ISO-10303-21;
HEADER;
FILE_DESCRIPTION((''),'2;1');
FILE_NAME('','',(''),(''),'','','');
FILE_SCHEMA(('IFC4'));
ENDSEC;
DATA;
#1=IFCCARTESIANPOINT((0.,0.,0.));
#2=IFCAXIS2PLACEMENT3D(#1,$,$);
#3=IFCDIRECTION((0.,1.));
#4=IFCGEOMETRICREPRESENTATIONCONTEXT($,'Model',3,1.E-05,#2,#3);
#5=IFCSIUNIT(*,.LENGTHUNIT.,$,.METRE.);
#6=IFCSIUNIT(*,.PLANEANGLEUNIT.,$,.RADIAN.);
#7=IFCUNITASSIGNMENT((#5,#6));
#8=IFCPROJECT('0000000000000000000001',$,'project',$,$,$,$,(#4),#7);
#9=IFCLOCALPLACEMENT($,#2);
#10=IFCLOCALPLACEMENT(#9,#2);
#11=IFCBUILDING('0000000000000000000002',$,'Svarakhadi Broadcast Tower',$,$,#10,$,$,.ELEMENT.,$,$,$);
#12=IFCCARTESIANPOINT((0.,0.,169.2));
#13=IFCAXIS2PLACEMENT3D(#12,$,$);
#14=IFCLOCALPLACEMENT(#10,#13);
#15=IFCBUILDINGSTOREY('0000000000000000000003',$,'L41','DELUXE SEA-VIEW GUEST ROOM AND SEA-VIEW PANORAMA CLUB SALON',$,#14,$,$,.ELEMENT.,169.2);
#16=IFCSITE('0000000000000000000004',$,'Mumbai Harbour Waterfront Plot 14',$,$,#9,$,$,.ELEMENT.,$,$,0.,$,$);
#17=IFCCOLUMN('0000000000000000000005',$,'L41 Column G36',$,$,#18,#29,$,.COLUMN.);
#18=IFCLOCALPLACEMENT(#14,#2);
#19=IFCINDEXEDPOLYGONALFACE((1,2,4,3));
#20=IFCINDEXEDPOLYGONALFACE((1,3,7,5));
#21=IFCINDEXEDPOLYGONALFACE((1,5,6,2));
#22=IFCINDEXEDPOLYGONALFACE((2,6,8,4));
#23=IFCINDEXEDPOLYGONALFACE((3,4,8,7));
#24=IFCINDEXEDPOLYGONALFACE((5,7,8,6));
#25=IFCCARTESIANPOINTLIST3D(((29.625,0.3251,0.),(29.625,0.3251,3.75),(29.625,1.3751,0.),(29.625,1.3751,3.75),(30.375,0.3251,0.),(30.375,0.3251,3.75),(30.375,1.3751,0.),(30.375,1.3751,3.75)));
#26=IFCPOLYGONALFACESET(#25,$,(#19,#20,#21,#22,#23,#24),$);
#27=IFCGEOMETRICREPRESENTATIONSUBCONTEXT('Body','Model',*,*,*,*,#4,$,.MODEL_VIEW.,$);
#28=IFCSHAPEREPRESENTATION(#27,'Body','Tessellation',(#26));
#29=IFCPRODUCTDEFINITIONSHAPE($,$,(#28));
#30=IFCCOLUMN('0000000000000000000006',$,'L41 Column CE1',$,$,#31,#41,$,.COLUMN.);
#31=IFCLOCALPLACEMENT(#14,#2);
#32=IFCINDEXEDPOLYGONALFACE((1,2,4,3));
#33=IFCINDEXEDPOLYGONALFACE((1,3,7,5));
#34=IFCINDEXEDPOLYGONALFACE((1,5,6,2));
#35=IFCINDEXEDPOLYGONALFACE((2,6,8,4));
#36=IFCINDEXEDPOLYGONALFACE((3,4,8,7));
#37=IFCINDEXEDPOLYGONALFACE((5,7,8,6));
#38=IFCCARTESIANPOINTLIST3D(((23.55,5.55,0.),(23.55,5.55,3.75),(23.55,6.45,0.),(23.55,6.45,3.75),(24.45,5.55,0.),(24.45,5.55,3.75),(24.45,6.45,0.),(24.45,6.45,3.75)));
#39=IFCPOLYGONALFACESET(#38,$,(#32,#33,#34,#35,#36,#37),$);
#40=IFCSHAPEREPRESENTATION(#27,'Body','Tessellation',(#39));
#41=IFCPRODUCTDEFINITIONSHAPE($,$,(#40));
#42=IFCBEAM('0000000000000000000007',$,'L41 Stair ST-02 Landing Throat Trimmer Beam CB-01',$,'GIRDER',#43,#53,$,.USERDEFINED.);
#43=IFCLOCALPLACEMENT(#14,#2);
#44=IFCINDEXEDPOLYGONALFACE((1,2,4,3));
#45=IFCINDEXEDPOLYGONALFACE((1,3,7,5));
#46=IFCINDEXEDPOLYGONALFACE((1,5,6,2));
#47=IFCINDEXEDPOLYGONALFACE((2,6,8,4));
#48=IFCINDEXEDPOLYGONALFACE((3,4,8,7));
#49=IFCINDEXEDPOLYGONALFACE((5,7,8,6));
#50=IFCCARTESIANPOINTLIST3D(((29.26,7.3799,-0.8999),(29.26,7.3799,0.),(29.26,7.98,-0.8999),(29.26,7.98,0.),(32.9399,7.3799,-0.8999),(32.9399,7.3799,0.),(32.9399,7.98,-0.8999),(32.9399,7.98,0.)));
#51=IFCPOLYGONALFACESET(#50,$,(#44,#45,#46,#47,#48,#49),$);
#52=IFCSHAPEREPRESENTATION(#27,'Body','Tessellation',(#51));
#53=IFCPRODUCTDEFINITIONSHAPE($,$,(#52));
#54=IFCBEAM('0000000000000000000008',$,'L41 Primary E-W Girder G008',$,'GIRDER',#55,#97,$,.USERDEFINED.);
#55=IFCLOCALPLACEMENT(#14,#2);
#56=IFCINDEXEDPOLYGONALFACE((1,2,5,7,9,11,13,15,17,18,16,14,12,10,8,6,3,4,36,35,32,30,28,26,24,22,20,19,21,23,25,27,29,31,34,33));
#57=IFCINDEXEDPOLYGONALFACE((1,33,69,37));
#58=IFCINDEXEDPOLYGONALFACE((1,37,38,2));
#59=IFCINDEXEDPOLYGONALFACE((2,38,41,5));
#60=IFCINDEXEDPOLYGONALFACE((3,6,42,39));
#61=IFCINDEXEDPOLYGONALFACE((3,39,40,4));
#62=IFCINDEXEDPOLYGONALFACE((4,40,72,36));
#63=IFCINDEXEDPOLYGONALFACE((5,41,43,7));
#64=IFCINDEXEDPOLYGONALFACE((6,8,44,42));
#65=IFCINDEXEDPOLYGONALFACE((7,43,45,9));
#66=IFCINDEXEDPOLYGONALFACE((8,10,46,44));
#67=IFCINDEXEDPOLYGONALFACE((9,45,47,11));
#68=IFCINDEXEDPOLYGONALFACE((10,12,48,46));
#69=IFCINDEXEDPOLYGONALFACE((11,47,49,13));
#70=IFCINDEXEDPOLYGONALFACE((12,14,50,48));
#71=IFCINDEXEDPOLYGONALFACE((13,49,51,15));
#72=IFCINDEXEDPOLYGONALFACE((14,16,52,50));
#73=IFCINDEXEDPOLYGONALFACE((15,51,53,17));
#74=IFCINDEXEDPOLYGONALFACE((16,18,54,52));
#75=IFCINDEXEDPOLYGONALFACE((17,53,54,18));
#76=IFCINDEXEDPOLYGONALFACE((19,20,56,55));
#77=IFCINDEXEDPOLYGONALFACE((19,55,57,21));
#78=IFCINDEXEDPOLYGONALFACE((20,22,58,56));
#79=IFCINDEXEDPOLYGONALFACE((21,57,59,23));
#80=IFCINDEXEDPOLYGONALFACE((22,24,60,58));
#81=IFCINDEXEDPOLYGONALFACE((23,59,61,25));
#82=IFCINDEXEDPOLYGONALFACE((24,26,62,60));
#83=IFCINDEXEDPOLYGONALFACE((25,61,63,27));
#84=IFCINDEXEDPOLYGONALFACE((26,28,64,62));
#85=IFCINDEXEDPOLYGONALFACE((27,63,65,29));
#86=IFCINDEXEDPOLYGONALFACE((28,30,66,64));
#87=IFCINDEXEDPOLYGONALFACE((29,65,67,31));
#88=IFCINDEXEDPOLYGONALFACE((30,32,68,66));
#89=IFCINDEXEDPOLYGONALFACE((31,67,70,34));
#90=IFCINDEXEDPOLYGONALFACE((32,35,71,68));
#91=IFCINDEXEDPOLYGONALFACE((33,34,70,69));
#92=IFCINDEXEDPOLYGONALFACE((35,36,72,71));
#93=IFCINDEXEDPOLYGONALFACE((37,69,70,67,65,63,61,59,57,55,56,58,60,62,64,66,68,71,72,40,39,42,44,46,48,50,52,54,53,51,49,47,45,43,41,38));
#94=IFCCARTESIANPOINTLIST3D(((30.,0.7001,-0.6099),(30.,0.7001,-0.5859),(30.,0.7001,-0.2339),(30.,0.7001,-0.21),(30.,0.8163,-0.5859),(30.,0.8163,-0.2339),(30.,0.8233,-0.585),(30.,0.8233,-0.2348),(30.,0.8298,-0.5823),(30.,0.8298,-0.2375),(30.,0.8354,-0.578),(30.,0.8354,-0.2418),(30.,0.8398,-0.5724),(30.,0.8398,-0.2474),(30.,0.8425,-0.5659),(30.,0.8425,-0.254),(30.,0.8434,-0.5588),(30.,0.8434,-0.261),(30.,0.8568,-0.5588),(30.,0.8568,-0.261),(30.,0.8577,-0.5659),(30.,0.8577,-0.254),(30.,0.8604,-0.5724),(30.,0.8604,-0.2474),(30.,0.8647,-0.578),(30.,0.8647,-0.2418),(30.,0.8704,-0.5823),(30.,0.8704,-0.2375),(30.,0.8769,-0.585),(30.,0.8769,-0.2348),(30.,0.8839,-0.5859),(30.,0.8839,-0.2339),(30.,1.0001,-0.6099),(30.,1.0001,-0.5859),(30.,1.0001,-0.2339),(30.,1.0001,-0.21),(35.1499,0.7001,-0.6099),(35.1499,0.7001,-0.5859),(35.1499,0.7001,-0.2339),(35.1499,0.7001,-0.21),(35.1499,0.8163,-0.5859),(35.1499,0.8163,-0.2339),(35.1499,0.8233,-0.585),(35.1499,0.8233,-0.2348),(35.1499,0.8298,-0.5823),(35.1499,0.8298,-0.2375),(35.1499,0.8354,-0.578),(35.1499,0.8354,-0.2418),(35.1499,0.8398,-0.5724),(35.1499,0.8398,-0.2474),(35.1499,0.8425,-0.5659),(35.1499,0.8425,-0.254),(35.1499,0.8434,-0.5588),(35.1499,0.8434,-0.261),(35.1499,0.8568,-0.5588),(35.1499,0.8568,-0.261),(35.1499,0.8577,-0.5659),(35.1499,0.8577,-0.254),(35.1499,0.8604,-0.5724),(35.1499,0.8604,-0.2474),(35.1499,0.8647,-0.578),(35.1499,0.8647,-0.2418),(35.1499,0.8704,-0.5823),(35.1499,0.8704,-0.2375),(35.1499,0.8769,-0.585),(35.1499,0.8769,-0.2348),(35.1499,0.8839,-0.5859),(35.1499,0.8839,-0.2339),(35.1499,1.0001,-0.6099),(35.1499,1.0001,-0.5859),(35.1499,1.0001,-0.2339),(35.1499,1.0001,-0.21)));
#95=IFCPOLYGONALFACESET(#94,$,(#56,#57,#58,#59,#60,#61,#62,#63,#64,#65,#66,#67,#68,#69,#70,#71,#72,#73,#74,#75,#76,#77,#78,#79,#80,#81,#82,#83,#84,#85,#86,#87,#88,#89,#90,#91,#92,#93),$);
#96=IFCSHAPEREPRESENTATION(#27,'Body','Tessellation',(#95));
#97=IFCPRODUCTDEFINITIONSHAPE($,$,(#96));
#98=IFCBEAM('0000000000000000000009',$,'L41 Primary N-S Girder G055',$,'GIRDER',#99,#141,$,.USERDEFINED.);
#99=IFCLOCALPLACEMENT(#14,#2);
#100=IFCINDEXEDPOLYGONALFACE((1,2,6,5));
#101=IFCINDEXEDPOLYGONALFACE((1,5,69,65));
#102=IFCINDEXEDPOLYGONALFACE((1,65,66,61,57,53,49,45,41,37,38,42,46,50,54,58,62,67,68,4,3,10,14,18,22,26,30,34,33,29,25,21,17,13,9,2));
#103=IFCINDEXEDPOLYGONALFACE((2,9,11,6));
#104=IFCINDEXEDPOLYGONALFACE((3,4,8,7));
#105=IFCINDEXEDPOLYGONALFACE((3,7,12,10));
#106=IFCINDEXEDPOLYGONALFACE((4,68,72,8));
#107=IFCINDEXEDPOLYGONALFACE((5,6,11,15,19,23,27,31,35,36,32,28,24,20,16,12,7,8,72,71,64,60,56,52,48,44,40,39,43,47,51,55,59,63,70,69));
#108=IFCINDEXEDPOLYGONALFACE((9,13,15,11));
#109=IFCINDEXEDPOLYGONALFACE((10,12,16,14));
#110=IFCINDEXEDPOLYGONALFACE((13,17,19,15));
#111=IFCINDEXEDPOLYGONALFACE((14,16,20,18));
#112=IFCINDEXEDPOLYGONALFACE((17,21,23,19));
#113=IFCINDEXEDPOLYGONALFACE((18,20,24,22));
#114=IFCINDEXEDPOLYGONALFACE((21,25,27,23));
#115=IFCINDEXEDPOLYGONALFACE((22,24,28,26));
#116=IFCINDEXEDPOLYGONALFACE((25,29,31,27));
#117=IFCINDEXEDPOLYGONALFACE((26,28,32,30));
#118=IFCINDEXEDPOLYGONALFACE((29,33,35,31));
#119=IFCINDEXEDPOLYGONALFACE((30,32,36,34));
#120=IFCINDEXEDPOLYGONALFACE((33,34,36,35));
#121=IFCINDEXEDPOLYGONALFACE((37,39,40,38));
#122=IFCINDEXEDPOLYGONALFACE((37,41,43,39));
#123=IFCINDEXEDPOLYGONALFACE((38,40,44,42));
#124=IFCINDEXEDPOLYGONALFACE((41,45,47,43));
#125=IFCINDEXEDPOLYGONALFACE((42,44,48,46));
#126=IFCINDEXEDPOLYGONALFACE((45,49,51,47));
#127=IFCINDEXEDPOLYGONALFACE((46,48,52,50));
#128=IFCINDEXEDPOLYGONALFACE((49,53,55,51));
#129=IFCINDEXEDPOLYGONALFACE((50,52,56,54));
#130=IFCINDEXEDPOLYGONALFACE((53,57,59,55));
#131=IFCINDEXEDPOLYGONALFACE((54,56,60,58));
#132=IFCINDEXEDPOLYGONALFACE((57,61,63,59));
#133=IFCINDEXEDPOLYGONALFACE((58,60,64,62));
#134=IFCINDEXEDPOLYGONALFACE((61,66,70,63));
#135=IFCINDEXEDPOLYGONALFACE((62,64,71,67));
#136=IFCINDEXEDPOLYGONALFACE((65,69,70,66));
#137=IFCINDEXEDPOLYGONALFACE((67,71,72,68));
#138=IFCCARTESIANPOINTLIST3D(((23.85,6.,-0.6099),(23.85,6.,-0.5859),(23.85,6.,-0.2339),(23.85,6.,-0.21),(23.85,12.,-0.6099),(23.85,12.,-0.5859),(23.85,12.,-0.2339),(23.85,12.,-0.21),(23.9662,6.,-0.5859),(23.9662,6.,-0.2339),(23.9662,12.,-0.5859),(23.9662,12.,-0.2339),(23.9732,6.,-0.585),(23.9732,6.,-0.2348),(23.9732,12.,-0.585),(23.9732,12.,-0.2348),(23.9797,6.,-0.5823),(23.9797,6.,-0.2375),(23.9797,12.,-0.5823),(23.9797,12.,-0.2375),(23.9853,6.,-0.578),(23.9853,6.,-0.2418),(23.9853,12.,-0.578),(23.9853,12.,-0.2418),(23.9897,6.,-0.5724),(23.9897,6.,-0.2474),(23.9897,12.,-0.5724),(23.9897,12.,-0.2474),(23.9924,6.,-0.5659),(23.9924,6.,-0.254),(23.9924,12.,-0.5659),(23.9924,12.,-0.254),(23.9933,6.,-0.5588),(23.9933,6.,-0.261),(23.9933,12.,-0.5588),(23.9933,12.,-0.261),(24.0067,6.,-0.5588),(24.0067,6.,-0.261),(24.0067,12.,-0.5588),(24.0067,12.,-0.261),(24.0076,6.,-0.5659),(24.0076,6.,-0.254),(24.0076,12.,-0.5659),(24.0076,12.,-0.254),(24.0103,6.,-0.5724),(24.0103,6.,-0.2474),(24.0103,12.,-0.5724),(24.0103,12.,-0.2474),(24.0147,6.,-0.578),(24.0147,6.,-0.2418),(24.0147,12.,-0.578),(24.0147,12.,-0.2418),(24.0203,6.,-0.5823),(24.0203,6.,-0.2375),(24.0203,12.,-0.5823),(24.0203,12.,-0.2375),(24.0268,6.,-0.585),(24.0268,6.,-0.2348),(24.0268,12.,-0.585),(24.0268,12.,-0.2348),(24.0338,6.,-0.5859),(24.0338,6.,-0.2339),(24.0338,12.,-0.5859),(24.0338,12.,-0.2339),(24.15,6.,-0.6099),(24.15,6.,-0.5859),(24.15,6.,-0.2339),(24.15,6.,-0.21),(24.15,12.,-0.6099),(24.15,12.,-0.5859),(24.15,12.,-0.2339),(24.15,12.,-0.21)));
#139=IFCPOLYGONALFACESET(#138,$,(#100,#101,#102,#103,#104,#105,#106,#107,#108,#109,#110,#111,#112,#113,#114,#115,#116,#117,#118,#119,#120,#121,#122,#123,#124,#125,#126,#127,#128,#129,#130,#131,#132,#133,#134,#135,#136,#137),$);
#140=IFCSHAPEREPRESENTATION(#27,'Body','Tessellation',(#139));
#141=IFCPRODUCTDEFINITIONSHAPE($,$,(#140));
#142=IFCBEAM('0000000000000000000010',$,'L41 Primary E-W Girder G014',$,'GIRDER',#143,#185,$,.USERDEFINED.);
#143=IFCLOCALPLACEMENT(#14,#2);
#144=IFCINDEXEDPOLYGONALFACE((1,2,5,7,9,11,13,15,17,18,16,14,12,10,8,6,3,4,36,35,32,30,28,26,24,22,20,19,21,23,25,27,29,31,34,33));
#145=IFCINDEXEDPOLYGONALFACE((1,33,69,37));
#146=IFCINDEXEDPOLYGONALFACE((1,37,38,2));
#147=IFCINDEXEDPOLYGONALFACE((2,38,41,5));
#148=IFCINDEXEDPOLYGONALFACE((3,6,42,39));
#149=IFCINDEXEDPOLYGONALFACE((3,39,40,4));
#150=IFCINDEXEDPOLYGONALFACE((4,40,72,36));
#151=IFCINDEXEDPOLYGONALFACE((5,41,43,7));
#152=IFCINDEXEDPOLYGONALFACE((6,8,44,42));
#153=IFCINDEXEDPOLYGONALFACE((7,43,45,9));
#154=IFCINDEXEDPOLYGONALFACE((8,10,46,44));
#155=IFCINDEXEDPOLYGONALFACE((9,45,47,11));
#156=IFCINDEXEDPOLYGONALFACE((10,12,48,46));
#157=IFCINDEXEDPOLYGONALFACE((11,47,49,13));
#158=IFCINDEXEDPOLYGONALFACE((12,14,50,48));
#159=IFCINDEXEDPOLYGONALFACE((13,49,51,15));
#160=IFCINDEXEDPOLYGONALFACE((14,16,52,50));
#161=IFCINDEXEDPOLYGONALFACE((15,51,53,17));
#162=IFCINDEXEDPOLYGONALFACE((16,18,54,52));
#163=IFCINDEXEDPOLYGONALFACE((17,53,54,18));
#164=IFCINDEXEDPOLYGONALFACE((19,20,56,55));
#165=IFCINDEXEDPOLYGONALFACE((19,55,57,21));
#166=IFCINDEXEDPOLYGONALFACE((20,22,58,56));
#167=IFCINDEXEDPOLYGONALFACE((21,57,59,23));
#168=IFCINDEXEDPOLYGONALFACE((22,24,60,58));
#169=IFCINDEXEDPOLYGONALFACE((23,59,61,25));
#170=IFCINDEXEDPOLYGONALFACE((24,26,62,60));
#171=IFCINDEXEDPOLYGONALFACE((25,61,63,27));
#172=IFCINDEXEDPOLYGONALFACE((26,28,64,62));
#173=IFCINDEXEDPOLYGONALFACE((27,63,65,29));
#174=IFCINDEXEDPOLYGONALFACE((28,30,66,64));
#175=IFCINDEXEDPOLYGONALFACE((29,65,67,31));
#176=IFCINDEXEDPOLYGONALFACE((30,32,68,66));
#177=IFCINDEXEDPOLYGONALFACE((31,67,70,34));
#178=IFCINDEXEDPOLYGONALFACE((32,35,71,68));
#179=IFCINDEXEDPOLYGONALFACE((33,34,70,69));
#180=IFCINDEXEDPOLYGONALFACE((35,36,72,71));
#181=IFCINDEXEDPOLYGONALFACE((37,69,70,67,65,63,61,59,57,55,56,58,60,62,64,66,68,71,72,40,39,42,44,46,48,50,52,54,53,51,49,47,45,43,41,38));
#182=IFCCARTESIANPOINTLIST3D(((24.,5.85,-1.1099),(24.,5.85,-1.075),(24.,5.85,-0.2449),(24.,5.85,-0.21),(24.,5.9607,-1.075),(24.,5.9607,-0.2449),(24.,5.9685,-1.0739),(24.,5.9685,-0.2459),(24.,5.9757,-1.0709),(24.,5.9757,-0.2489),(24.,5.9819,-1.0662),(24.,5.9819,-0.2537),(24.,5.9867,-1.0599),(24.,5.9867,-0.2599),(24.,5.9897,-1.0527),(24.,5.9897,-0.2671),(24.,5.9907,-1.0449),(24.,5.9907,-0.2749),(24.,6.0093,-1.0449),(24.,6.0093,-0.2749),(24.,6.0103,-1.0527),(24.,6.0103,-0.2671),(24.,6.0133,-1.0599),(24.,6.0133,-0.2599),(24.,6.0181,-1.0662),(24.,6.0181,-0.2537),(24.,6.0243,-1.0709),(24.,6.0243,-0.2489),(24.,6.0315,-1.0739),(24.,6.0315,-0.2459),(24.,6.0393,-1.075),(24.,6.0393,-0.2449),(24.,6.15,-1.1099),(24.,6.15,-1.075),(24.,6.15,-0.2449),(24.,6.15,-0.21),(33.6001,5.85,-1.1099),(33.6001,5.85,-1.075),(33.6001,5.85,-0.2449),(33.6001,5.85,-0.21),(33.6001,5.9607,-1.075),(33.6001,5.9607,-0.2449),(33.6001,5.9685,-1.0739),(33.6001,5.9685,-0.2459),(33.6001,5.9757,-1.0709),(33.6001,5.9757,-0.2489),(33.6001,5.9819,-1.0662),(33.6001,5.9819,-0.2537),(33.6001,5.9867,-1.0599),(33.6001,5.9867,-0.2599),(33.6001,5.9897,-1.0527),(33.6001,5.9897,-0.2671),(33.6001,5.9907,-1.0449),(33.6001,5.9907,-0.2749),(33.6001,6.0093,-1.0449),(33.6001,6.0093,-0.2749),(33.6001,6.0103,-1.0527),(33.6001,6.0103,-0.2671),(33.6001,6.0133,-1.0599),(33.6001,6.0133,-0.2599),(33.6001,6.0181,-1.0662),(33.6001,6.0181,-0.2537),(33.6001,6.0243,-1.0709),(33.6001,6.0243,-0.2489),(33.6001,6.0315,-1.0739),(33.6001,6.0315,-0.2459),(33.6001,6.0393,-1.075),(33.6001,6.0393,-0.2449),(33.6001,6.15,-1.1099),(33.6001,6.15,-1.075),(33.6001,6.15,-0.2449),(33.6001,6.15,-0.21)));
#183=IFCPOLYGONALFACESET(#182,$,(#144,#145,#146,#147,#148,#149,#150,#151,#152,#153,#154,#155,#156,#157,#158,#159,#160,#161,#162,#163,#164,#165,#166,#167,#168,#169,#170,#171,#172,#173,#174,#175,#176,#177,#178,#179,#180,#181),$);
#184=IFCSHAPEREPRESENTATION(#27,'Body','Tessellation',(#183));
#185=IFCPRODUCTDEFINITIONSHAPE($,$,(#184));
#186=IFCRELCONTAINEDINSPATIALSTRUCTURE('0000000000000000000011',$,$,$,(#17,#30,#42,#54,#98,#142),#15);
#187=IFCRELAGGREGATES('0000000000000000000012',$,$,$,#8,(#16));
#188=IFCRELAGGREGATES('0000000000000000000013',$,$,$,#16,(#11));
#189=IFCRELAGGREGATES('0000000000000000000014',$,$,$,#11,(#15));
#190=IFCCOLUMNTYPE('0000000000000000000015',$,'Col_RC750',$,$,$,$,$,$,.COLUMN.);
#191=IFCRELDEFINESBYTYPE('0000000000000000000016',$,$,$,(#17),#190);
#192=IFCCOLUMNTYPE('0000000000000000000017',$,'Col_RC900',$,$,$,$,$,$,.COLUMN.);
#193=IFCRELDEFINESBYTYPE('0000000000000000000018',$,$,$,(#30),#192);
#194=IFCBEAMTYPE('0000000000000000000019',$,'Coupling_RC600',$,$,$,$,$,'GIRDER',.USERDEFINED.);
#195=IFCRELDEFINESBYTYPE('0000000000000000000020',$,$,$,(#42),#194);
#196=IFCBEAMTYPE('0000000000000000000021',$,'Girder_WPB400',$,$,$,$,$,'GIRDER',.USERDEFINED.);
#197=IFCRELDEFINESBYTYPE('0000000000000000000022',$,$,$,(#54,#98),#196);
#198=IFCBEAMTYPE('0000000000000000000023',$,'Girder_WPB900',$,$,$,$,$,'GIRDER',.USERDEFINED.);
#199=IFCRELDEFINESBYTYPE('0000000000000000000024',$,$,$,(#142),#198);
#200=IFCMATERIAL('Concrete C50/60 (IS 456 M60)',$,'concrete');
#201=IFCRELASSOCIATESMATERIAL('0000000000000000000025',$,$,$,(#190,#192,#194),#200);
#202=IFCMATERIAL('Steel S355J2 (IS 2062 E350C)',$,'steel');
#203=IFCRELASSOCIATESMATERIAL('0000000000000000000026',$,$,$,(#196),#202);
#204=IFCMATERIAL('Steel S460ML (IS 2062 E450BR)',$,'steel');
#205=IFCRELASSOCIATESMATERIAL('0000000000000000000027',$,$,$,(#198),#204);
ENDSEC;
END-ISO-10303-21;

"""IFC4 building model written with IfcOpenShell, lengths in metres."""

from ifc_helpers import new_model, si_unit, direction, frame, origin, origin_2d, place, context, subcontext, project, spatial, rectangle, i_section, extrude, material, material_profile, profile_set, type_object, element, save


model = new_model("IFC4")

# Units and contexts
model_context = context("Model", 3, precision=1e-05, world=origin(), true_north=direction((0.0, 1.0)))
body_context = subcontext(model_context, "Body", "Model", "MODEL_VIEW")
ifc_project = project(units=[si_unit("LENGTHUNIT", "METRE"), si_unit("PLANEANGLEUNIT", "RADIAN")], contexts=[model_context])

# Site, building, storey
site_placement = place(None, origin())
site = spatial("IfcSite", under=ifc_project, at=site_placement, Name="Mumbai Harbour Waterfront Plot 14", CompositionType="ELEMENT", RefElevation=0.0)
building_placement = place(site_placement, origin())
building = spatial("IfcBuilding", under=site, at=building_placement, Name="Svarakhadi Broadcast Tower", CompositionType="ELEMENT")
storey_placement = place(building_placement, frame((0.0, 0.0, 169.2)))
storey = spatial("IfcBuildingStorey", under=building, at=storey_placement, Name="L41", Description="DELUXE SEA-VIEW GUEST ROOM AND SEA-VIEW PANORAMA CLUB SALON", CompositionType="ELEMENT", Elevation=169.2)

# Columns
ifc_material_1 = material(Name="Concrete C50/60 (IS 456 M60)", Category="concrete")
ifc_material_profile_1 = material_profile(ifc_material_1, rectangle(XDim=0.75, YDim=1.05, at=origin_2d()), Name="RC 750x1050")
ifc_profile_set_1 = profile_set([ifc_material_profile_1], Name="Concrete C50/60 (IS 456 M60)")
column_type_1 = type_object("IfcColumnType", Name="Col_RC750", PredefinedType="COLUMN", material=ifc_profile_set_1)
column_1_placement = place(storey_placement, frame((30.0, 0.8501, 0.0), z_axis=(0.0, 0.0, 1.0), x_axis=(1.0, 0.0, 0.0)))
element("IfcColumn", 1, at=column_1_placement, inside=storey, type_object=column_type_1, Name="L41 Column G36", PredefinedType="COLUMN", context=body_context, shape_type="SweptSolid", body=[
    extrude(rectangle(XDim=0.75, YDim=1.05, at=origin_2d()), origin(), (0.0, 0.0, 1.0), 3.75),
])
ifc_material_profile_2 = material_profile(ifc_material_1, rectangle(XDim=0.8999, YDim=0.8999, at=origin_2d()), Name="RC 900x900")
ifc_profile_set_2 = profile_set([ifc_material_profile_2], Name="Concrete C50/60 (IS 456 M60)")
column_type_2 = type_object("IfcColumnType", Name="Col_RC900", PredefinedType="COLUMN", material=ifc_profile_set_2)
column_2_placement = place(storey_placement, frame((24.0, 6.0, 0.0), z_axis=(0.0, 0.0, 1.0), x_axis=(1.0, 0.0, 0.0)))
element("IfcColumn", 2, at=column_2_placement, inside=storey, type_object=column_type_2, Name="L41 Column CE1", PredefinedType="COLUMN", context=body_context, shape_type="SweptSolid", body=[
    extrude(rectangle(XDim=0.8999, YDim=0.8999, at=origin_2d()), origin(), (0.0, 0.0, 1.0), 3.75),
])

# Beams
ifc_material_profile_3 = material_profile(ifc_material_1, rectangle(XDim=0.6001, YDim=0.8999, at=origin_2d()), Name="RC 600x900")
ifc_profile_set_3 = profile_set([ifc_material_profile_3], Name="Concrete C50/60 (IS 456 M60)")
beam_type_1 = type_object("IfcBeamType", Name="Coupling_RC600", ElementType="GIRDER", PredefinedType="USERDEFINED", material=ifc_profile_set_3)
beam_1_placement = place(storey_placement, frame((29.26, 7.6799, -0.45), z_axis=(1.0, 0.0, 0.0), x_axis=(0.0, 1.0, 0.0)))
element("IfcBeam", 3, at=beam_1_placement, inside=storey, type_object=beam_type_1, Name="L41 Stair ST-02 Landing Throat Trimmer Beam CB-01", ObjectType="GIRDER", PredefinedType="USERDEFINED", context=body_context, shape_type="SweptSolid", body=[
    extrude(rectangle(XDim=0.6001, YDim=0.8999, at=origin_2d()), origin(), (0.0, 0.0, 1.0), 3.6799),
])
ifc_material_2 = material(Name="Steel S355J2 (IS 2062 E350C)", Category="steel")
ifc_material_profile_4 = material_profile(ifc_material_2, i_section(OverallWidth=0.3, OverallDepth=0.3999, WebThickness=0.0134, FlangeThickness=0.0239, FilletRadius=0.0271, at=origin_2d()), Name="WPB 400x300x155")
ifc_profile_set_4 = profile_set([ifc_material_profile_4], Name="Steel S355J2 (IS 2062 E350C)")
beam_type_2 = type_object("IfcBeamType", Name="Girder_WPB400", ElementType="GIRDER", PredefinedType="USERDEFINED", material=ifc_profile_set_4)
beam_2_placement = place(storey_placement, frame((30.0, 0.8501, -0.4099), z_axis=(1.0, 0.0, 0.0), x_axis=(0.0, 1.0, 0.0)))
element("IfcBeam", 4, at=beam_2_placement, inside=storey, type_object=beam_type_2, Name="L41 Primary E-W Girder G008", ObjectType="GIRDER", PredefinedType="USERDEFINED", context=body_context, shape_type="SweptSolid", body=[
    extrude(i_section(OverallWidth=0.3, OverallDepth=0.3999, WebThickness=0.0134, FlangeThickness=0.0239, FilletRadius=0.0271, at=origin_2d()), origin(), (0.0, 0.0, 1.0), 5.1499),
])
beam_3_placement = place(storey_placement, frame((24.0, 6.0, -0.4099), z_axis=(0.0, 1.0, 0.0), x_axis=(-1.0, 0.0, 0.0)))
element("IfcBeam", 5, at=beam_3_placement, inside=storey, type_object=beam_type_2, Name="L41 Primary N-S Girder G055", ObjectType="GIRDER", PredefinedType="USERDEFINED", context=body_context, shape_type="SweptSolid", body=[
    extrude(i_section(OverallWidth=0.3, OverallDepth=0.3999, WebThickness=0.0134, FlangeThickness=0.0239, FilletRadius=0.0271, at=origin_2d()), origin(), (0.0, 0.0, 1.0), 6.0),
])
ifc_material_3 = material(Name="Steel S460ML (IS 2062 E450BR)", Category="steel")
ifc_material_profile_5 = material_profile(ifc_material_3, i_section(OverallWidth=0.3, OverallDepth=0.8999, WebThickness=0.0186, FlangeThickness=0.0349, FilletRadius=0.03, at=origin_2d()), Name="WPB 900x300x291")
ifc_profile_set_5 = profile_set([ifc_material_profile_5], Name="Steel S460ML (IS 2062 E450BR)")
beam_type_3 = type_object("IfcBeamType", Name="Girder_WPB900", ElementType="GIRDER", PredefinedType="USERDEFINED", material=ifc_profile_set_5)
beam_4_placement = place(storey_placement, frame((24.0, 6.0, -0.6599), z_axis=(1.0, 0.0, 0.0), x_axis=(0.0, 1.0, 0.0)))
element("IfcBeam", 6, at=beam_4_placement, inside=storey, type_object=beam_type_3, Name="L41 Primary E-W Girder G014", ObjectType="GIRDER", PredefinedType="USERDEFINED", context=body_context, shape_type="SweptSolid", body=[
    extrude(i_section(OverallWidth=0.3, OverallDepth=0.8999, WebThickness=0.0186, FlangeThickness=0.0349, FilletRadius=0.03, at=origin_2d()), origin(), (0.0, 0.0, 1.0), 9.6001),
])

save(model, "model.ifc")
